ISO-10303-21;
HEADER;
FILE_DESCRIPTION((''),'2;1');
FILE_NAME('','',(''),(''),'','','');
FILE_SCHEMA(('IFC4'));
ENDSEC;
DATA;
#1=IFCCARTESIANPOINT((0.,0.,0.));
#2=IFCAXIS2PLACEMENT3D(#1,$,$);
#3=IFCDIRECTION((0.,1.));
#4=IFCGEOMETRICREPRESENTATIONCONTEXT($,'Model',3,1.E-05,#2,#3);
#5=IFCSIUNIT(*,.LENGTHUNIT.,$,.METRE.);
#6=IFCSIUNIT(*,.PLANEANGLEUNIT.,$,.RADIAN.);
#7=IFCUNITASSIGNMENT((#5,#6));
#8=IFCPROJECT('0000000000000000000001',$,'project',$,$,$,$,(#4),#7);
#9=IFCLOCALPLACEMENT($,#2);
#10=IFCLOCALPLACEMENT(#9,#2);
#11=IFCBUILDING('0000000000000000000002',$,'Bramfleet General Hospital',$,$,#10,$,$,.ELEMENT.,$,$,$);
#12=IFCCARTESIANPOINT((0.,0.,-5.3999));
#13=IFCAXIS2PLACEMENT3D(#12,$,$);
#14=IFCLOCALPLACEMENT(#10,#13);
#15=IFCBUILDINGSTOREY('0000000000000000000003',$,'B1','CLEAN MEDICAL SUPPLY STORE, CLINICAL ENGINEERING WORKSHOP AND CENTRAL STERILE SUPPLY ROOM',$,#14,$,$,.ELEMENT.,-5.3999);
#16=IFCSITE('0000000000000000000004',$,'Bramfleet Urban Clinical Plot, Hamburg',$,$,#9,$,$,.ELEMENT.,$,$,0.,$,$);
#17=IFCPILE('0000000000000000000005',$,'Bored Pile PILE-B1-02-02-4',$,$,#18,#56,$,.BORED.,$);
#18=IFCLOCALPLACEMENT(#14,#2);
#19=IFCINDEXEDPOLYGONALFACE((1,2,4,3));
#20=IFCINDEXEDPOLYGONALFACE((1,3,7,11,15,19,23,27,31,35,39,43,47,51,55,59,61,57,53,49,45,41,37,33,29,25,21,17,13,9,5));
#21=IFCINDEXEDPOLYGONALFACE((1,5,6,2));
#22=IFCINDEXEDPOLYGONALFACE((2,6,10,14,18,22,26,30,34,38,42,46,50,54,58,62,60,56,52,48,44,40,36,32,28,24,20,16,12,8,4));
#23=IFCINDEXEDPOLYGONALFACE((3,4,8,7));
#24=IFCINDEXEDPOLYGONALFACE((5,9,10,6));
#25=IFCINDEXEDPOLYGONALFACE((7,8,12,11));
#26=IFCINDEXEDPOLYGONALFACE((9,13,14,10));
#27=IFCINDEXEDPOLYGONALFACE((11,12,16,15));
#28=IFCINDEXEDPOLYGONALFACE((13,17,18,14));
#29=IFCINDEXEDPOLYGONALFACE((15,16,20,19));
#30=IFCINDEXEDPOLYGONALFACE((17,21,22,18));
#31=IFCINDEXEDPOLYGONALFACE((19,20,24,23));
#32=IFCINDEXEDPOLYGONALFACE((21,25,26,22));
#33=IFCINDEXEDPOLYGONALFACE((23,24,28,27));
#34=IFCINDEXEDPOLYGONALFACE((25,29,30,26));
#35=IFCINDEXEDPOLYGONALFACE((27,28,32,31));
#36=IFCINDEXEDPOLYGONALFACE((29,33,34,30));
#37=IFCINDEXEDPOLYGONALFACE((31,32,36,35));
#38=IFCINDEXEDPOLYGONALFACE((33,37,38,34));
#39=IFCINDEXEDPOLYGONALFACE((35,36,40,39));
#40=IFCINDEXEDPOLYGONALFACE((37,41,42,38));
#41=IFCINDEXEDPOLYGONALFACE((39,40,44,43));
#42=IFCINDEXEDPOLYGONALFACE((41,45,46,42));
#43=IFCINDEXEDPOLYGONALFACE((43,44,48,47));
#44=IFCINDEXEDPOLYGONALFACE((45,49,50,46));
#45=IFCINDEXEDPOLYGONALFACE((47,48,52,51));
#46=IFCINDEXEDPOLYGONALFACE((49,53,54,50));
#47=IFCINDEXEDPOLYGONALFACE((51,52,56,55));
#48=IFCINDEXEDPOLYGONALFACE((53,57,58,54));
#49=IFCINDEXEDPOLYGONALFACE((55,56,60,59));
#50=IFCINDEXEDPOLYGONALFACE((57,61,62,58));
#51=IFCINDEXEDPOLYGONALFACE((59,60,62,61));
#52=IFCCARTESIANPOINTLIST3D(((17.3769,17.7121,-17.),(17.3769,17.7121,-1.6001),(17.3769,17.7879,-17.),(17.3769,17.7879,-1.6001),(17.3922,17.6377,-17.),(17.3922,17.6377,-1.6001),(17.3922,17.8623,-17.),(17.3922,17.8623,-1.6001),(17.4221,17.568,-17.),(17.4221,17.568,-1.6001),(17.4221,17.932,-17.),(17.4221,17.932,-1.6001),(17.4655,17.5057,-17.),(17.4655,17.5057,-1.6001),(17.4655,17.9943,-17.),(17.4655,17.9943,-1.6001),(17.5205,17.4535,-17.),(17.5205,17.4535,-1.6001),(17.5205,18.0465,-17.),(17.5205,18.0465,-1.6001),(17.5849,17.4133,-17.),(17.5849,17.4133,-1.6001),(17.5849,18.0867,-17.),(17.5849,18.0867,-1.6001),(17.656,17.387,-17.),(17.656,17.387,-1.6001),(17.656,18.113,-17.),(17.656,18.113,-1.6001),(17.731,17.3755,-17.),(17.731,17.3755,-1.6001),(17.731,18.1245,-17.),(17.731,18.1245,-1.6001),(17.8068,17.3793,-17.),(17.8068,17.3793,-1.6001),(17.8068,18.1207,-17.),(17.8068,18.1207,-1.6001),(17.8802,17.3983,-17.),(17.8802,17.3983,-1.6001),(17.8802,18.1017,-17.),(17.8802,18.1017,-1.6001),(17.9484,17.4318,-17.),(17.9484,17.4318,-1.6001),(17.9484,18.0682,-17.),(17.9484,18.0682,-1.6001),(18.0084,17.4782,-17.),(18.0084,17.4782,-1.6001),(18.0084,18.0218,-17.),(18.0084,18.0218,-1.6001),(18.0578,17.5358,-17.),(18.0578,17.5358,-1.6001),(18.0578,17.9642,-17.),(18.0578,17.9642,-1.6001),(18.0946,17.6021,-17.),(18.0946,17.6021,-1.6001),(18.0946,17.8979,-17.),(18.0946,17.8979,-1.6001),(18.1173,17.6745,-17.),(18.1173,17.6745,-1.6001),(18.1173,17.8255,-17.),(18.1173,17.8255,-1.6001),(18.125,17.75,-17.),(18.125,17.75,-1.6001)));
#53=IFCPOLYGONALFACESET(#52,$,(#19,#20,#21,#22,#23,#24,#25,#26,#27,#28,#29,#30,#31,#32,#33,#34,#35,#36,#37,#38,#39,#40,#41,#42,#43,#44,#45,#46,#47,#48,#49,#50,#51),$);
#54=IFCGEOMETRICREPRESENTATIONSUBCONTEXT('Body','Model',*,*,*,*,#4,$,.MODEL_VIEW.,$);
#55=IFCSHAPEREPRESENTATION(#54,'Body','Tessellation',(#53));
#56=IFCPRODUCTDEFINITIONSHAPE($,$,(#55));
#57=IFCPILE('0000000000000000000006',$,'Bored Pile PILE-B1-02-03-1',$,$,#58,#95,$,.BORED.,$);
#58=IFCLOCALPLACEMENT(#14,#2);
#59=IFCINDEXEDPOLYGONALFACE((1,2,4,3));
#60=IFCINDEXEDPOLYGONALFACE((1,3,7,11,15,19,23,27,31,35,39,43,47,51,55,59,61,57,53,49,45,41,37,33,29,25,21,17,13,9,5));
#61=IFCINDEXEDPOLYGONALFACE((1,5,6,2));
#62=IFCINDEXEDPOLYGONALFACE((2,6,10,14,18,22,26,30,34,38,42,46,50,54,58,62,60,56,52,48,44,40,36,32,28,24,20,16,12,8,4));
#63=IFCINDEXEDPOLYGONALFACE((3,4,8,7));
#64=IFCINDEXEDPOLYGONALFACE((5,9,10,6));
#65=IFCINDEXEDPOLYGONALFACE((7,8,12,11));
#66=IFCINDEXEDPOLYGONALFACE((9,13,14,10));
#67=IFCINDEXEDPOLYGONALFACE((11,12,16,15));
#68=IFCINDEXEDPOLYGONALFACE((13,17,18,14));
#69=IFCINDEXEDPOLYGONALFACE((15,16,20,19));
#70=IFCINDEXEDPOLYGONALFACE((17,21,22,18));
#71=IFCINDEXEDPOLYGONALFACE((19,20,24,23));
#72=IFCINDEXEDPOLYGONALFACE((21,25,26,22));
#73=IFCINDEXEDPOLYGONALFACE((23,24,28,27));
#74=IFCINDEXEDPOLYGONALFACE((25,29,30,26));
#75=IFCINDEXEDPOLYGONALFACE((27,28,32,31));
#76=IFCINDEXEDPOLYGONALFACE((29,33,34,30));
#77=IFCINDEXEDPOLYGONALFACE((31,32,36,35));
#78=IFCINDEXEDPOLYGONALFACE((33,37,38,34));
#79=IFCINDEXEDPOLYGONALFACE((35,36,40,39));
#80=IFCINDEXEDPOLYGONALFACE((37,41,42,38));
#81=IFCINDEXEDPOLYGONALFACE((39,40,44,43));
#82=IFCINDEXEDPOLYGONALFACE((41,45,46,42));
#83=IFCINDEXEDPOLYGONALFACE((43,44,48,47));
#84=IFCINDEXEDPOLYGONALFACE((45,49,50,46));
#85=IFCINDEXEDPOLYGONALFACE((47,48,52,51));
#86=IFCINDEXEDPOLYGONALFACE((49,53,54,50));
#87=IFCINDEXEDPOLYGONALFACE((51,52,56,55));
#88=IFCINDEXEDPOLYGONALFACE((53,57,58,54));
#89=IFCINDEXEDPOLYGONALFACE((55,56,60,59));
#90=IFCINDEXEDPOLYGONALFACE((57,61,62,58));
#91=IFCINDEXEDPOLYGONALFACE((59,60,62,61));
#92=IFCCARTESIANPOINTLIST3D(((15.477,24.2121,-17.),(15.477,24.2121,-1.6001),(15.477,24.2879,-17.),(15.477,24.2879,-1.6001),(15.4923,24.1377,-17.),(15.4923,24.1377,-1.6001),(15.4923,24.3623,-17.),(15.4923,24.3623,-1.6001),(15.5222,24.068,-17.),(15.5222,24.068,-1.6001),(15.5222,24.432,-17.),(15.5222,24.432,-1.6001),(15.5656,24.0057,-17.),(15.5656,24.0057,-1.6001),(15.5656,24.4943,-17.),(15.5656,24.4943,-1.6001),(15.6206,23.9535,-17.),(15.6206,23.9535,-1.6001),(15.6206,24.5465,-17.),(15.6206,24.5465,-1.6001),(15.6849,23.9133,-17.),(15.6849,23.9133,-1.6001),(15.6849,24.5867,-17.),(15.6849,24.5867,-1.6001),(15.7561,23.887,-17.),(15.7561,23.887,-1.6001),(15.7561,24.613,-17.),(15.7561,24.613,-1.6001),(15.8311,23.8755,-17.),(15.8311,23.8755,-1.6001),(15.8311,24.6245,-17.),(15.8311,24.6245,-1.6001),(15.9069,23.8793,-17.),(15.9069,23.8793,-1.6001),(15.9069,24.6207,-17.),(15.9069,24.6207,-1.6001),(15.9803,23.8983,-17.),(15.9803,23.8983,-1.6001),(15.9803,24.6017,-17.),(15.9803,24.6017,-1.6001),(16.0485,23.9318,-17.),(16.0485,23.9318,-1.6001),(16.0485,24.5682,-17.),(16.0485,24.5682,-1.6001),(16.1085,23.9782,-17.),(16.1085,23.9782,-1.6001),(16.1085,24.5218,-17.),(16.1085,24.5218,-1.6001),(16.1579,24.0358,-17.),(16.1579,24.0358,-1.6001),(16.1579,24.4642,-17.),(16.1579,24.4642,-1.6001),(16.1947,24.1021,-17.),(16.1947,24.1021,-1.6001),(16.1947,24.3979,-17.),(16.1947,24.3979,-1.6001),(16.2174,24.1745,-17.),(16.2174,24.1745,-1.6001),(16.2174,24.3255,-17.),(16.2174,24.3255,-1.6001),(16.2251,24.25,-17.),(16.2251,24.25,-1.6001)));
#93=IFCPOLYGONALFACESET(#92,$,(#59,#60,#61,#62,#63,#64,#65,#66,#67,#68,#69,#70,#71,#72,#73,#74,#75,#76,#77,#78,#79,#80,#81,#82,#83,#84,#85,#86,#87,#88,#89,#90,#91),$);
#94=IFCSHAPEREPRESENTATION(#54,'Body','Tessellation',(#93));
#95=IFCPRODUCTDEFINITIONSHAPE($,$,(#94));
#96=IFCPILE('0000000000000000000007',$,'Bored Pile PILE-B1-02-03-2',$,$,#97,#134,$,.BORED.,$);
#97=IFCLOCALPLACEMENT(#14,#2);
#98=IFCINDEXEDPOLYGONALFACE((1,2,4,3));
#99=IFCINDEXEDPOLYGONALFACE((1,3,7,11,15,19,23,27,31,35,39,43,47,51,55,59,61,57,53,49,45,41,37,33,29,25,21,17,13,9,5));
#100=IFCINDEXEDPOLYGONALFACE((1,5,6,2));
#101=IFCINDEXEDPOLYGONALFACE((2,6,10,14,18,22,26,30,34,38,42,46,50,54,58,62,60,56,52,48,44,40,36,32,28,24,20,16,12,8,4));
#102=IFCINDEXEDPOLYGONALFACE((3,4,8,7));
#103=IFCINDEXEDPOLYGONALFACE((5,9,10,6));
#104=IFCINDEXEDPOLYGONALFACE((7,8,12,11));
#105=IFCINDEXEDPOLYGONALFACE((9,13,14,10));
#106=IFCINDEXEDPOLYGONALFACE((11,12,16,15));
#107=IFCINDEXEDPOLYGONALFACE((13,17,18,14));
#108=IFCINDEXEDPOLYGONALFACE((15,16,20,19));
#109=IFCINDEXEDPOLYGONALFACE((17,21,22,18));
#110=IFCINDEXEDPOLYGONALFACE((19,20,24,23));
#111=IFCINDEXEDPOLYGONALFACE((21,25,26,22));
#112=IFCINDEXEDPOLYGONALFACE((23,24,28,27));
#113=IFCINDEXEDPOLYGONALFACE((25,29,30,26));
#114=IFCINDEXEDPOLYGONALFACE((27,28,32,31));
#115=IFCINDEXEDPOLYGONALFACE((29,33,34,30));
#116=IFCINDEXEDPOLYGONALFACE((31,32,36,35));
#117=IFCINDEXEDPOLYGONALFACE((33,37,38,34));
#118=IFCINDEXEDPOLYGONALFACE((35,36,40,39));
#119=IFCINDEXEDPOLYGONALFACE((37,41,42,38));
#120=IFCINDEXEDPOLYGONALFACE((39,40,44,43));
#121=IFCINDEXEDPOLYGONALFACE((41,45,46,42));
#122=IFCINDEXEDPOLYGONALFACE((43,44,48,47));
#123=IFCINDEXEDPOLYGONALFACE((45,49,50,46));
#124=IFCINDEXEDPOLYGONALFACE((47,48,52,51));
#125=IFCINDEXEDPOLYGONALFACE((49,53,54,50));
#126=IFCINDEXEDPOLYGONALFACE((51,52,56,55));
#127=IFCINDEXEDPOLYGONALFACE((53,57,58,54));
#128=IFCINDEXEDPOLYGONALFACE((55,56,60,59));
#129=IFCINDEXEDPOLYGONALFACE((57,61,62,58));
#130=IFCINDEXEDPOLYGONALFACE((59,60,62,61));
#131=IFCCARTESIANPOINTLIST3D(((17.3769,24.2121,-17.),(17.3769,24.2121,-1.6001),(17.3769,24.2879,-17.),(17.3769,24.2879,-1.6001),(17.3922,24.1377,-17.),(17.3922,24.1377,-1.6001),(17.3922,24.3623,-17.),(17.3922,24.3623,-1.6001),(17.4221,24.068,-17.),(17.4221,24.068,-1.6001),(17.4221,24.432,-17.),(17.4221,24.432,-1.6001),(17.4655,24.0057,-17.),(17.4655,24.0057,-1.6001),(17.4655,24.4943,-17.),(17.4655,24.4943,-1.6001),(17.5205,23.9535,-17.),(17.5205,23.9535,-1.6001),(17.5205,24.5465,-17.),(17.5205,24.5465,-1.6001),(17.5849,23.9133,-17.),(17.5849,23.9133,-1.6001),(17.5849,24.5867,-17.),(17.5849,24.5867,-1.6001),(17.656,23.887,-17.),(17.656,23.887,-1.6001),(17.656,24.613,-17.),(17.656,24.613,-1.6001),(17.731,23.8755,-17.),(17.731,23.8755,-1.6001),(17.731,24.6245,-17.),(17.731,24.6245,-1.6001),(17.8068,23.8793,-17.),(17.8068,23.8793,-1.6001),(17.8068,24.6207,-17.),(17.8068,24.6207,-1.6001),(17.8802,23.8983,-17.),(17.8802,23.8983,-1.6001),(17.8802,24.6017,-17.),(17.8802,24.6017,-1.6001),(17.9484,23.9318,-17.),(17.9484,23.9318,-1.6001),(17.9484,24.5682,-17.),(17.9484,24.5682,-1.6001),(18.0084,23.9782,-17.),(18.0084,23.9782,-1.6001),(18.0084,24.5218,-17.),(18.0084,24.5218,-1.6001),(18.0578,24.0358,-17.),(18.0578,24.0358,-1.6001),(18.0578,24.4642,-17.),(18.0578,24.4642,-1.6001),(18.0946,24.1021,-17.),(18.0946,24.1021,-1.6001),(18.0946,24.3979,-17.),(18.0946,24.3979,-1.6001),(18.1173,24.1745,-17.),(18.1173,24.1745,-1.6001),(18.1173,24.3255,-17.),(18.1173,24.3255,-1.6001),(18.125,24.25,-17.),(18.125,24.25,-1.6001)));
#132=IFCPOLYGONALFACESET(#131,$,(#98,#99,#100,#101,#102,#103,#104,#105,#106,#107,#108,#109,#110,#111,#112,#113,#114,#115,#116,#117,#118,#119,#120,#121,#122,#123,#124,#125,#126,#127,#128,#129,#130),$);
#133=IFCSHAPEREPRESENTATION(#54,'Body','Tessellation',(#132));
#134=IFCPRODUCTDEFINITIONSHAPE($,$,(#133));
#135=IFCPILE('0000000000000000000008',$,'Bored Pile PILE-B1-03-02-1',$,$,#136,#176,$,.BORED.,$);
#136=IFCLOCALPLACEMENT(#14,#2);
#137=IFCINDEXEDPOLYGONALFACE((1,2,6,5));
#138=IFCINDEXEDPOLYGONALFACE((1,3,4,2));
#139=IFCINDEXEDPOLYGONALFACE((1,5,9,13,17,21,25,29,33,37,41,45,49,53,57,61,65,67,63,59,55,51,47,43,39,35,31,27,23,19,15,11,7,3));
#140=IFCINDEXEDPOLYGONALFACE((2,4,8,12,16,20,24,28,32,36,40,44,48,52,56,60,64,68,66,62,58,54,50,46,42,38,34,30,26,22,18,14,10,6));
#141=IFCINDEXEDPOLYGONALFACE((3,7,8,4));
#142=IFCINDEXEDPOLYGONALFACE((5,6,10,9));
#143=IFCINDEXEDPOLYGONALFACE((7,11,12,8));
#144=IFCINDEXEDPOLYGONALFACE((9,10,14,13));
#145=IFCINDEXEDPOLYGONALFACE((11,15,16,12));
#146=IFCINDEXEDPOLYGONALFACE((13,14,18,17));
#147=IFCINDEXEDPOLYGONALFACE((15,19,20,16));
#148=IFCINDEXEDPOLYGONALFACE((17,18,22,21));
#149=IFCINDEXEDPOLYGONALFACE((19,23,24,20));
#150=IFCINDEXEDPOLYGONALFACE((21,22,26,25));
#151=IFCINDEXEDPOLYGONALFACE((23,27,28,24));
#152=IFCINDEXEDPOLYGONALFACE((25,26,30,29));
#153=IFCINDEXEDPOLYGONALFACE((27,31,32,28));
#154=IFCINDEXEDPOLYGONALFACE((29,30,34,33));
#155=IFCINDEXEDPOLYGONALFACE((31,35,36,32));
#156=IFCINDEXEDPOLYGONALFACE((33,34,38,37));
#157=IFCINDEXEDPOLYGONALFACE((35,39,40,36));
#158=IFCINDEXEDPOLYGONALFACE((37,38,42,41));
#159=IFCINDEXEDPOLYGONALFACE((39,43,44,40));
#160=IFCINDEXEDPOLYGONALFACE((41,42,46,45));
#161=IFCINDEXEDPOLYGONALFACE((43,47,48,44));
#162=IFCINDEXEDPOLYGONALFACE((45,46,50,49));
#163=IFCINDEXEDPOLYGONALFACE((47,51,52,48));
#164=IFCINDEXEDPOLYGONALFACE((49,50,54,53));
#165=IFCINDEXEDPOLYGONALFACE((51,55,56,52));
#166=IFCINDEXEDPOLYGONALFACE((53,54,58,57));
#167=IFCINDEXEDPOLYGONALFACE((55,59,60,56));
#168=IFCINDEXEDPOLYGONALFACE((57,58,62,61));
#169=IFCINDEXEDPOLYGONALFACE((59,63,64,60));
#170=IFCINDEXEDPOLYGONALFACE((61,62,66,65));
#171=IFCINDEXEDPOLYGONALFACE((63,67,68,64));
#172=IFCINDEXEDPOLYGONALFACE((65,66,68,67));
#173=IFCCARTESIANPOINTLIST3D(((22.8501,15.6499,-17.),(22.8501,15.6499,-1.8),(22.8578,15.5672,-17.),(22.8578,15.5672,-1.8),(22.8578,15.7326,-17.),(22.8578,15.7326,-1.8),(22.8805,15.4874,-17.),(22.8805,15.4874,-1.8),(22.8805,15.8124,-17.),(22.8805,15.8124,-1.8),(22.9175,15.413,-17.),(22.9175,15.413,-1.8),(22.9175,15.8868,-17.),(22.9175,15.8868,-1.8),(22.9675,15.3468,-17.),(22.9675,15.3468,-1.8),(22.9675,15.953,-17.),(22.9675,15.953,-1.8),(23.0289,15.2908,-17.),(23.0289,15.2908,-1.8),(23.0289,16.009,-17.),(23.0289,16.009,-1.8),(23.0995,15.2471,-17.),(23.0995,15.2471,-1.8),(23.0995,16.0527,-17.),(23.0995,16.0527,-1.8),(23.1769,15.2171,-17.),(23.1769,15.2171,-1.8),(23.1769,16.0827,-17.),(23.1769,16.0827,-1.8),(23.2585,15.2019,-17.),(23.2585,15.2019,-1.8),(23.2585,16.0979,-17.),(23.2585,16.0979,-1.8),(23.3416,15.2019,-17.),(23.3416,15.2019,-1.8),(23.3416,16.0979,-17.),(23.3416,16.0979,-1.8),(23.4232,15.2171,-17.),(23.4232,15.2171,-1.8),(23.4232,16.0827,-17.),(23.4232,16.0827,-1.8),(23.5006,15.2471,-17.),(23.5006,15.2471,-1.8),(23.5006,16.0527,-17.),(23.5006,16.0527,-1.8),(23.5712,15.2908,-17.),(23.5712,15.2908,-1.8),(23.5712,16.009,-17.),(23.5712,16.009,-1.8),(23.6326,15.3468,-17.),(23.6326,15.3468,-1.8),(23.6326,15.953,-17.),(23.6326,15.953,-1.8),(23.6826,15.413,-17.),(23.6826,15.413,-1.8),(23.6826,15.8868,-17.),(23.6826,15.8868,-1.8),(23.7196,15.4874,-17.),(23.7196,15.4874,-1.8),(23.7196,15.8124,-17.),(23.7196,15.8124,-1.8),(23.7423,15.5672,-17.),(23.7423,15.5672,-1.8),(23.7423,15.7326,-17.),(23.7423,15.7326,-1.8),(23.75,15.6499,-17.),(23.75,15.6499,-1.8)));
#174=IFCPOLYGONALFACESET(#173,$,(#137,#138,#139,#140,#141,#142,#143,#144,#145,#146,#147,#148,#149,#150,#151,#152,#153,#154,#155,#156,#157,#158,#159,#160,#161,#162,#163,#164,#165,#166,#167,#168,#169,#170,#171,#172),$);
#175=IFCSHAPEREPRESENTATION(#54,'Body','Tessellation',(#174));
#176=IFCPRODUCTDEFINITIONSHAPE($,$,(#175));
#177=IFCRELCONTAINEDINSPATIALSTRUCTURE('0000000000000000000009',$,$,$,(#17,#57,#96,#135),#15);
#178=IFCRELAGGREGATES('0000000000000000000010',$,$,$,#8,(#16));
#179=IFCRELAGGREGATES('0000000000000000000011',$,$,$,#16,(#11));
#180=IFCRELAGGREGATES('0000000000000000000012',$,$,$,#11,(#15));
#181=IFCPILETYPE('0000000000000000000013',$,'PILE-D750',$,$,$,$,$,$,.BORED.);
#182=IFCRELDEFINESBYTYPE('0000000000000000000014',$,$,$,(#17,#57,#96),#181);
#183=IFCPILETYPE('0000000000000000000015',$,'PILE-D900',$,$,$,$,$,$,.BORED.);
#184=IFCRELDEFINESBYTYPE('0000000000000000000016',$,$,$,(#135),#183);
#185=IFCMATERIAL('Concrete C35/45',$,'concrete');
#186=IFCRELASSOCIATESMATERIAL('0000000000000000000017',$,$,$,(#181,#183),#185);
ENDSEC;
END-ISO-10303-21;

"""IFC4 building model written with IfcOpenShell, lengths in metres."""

from ifc_helpers import new_model, si_unit, direction, frame, origin, origin_2d, place, context, subcontext, project, spatial, circle, extrude, material, material_profile, profile_set, type_object, element, save


model = new_model("IFC4")

# Units and contexts
model_context = context("Model", 3, precision=1e-05, world=origin(), true_north=direction((0.0, 1.0)))
body_context = subcontext(model_context, "Body", "Model", "MODEL_VIEW")
ifc_project = project(units=[si_unit("LENGTHUNIT", "METRE"), si_unit("PLANEANGLEUNIT", "RADIAN")], contexts=[model_context])

# Site, building, storey
site_placement = place(None, origin())
site = spatial("IfcSite", under=ifc_project, at=site_placement, Name="Bramfleet Urban Clinical Plot, Hamburg", CompositionType="ELEMENT", RefElevation=0.0)
building_placement = place(site_placement, origin())
building = spatial("IfcBuilding", under=site, at=building_placement, Name="Bramfleet General Hospital", CompositionType="ELEMENT")
storey_placement = place(building_placement, frame((0.0, 0.0, -5.3999)))
storey = spatial("IfcBuildingStorey", under=building, at=storey_placement, Name="B1", Description="CLEAN MEDICAL SUPPLY STORE, CLINICAL ENGINEERING WORKSHOP AND CENTRAL STERILE SUPPLY ROOM", CompositionType="ELEMENT", Elevation=-5.3999)

# Shared definitions
ifc_material_1 = material(Name="Concrete C35/45", Category="concrete")

# Piles
ifc_material_profile_1 = material_profile(ifc_material_1, circle(Radius=0.375, at=origin_2d()), Name="PILE BORED D750")
ifc_profile_set_1 = profile_set([ifc_material_profile_1], Name="Concrete C35/45")
pile_type_1 = type_object("IfcPileType", Name="PILE-D750", PredefinedType="BORED", material=ifc_profile_set_1)
for number, where, z_axis, x_axis, name in (
    (1, (17.75, 17.75, -1.6001), (0.0, 0.0, -1.0), (1.0, 0.0, 0.0), "Bored Pile PILE-B1-02-02-4"),
    (2, (15.8501, 24.25, -1.6001), (0.0, 0.0, -1.0), (1.0, 0.0, 0.0), "Bored Pile PILE-B1-02-03-1"),
    (3, (17.75, 24.25, -1.6001), (0.0, 0.0, -1.0), (1.0, 0.0, 0.0), "Bored Pile PILE-B1-02-03-2"),
):
    element("IfcPile", number, at=place(storey_placement, frame(where, z_axis=z_axis, x_axis=x_axis)), inside=storey, type_object=pile_type_1, Name=name, PredefinedType="BORED", context=body_context, shape_type="SweptSolid", body=[
        extrude(circle(Radius=0.375, at=origin_2d()), origin(), (0.0, 0.0, 1.0), 15.3999),
    ])
ifc_material_profile_2 = material_profile(ifc_material_1, circle(Radius=0.45, at=origin_2d()), Name="PILE BORED D900")
ifc_profile_set_2 = profile_set([ifc_material_profile_2], Name="Concrete C35/45")
pile_type_2 = type_object("IfcPileType", Name="PILE-D900", PredefinedType="BORED", material=ifc_profile_set_2)
for number, where, z_axis, x_axis, name in (
    (4, (23.3, 15.6499, -1.8), (0.0, 0.0, -1.0), (1.0, 0.0, 0.0), "Bored Pile PILE-B1-03-02-1"),
):
    element("IfcPile", number, at=place(storey_placement, frame(where, z_axis=z_axis, x_axis=x_axis)), inside=storey, type_object=pile_type_2, Name=name, PredefinedType="BORED", context=body_context, shape_type="SweptSolid", body=[
        extrude(circle(Radius=0.45, at=origin_2d()), origin(), (0.0, 0.0, 1.0), 15.2),
    ])

save(model, "model.ifc")
